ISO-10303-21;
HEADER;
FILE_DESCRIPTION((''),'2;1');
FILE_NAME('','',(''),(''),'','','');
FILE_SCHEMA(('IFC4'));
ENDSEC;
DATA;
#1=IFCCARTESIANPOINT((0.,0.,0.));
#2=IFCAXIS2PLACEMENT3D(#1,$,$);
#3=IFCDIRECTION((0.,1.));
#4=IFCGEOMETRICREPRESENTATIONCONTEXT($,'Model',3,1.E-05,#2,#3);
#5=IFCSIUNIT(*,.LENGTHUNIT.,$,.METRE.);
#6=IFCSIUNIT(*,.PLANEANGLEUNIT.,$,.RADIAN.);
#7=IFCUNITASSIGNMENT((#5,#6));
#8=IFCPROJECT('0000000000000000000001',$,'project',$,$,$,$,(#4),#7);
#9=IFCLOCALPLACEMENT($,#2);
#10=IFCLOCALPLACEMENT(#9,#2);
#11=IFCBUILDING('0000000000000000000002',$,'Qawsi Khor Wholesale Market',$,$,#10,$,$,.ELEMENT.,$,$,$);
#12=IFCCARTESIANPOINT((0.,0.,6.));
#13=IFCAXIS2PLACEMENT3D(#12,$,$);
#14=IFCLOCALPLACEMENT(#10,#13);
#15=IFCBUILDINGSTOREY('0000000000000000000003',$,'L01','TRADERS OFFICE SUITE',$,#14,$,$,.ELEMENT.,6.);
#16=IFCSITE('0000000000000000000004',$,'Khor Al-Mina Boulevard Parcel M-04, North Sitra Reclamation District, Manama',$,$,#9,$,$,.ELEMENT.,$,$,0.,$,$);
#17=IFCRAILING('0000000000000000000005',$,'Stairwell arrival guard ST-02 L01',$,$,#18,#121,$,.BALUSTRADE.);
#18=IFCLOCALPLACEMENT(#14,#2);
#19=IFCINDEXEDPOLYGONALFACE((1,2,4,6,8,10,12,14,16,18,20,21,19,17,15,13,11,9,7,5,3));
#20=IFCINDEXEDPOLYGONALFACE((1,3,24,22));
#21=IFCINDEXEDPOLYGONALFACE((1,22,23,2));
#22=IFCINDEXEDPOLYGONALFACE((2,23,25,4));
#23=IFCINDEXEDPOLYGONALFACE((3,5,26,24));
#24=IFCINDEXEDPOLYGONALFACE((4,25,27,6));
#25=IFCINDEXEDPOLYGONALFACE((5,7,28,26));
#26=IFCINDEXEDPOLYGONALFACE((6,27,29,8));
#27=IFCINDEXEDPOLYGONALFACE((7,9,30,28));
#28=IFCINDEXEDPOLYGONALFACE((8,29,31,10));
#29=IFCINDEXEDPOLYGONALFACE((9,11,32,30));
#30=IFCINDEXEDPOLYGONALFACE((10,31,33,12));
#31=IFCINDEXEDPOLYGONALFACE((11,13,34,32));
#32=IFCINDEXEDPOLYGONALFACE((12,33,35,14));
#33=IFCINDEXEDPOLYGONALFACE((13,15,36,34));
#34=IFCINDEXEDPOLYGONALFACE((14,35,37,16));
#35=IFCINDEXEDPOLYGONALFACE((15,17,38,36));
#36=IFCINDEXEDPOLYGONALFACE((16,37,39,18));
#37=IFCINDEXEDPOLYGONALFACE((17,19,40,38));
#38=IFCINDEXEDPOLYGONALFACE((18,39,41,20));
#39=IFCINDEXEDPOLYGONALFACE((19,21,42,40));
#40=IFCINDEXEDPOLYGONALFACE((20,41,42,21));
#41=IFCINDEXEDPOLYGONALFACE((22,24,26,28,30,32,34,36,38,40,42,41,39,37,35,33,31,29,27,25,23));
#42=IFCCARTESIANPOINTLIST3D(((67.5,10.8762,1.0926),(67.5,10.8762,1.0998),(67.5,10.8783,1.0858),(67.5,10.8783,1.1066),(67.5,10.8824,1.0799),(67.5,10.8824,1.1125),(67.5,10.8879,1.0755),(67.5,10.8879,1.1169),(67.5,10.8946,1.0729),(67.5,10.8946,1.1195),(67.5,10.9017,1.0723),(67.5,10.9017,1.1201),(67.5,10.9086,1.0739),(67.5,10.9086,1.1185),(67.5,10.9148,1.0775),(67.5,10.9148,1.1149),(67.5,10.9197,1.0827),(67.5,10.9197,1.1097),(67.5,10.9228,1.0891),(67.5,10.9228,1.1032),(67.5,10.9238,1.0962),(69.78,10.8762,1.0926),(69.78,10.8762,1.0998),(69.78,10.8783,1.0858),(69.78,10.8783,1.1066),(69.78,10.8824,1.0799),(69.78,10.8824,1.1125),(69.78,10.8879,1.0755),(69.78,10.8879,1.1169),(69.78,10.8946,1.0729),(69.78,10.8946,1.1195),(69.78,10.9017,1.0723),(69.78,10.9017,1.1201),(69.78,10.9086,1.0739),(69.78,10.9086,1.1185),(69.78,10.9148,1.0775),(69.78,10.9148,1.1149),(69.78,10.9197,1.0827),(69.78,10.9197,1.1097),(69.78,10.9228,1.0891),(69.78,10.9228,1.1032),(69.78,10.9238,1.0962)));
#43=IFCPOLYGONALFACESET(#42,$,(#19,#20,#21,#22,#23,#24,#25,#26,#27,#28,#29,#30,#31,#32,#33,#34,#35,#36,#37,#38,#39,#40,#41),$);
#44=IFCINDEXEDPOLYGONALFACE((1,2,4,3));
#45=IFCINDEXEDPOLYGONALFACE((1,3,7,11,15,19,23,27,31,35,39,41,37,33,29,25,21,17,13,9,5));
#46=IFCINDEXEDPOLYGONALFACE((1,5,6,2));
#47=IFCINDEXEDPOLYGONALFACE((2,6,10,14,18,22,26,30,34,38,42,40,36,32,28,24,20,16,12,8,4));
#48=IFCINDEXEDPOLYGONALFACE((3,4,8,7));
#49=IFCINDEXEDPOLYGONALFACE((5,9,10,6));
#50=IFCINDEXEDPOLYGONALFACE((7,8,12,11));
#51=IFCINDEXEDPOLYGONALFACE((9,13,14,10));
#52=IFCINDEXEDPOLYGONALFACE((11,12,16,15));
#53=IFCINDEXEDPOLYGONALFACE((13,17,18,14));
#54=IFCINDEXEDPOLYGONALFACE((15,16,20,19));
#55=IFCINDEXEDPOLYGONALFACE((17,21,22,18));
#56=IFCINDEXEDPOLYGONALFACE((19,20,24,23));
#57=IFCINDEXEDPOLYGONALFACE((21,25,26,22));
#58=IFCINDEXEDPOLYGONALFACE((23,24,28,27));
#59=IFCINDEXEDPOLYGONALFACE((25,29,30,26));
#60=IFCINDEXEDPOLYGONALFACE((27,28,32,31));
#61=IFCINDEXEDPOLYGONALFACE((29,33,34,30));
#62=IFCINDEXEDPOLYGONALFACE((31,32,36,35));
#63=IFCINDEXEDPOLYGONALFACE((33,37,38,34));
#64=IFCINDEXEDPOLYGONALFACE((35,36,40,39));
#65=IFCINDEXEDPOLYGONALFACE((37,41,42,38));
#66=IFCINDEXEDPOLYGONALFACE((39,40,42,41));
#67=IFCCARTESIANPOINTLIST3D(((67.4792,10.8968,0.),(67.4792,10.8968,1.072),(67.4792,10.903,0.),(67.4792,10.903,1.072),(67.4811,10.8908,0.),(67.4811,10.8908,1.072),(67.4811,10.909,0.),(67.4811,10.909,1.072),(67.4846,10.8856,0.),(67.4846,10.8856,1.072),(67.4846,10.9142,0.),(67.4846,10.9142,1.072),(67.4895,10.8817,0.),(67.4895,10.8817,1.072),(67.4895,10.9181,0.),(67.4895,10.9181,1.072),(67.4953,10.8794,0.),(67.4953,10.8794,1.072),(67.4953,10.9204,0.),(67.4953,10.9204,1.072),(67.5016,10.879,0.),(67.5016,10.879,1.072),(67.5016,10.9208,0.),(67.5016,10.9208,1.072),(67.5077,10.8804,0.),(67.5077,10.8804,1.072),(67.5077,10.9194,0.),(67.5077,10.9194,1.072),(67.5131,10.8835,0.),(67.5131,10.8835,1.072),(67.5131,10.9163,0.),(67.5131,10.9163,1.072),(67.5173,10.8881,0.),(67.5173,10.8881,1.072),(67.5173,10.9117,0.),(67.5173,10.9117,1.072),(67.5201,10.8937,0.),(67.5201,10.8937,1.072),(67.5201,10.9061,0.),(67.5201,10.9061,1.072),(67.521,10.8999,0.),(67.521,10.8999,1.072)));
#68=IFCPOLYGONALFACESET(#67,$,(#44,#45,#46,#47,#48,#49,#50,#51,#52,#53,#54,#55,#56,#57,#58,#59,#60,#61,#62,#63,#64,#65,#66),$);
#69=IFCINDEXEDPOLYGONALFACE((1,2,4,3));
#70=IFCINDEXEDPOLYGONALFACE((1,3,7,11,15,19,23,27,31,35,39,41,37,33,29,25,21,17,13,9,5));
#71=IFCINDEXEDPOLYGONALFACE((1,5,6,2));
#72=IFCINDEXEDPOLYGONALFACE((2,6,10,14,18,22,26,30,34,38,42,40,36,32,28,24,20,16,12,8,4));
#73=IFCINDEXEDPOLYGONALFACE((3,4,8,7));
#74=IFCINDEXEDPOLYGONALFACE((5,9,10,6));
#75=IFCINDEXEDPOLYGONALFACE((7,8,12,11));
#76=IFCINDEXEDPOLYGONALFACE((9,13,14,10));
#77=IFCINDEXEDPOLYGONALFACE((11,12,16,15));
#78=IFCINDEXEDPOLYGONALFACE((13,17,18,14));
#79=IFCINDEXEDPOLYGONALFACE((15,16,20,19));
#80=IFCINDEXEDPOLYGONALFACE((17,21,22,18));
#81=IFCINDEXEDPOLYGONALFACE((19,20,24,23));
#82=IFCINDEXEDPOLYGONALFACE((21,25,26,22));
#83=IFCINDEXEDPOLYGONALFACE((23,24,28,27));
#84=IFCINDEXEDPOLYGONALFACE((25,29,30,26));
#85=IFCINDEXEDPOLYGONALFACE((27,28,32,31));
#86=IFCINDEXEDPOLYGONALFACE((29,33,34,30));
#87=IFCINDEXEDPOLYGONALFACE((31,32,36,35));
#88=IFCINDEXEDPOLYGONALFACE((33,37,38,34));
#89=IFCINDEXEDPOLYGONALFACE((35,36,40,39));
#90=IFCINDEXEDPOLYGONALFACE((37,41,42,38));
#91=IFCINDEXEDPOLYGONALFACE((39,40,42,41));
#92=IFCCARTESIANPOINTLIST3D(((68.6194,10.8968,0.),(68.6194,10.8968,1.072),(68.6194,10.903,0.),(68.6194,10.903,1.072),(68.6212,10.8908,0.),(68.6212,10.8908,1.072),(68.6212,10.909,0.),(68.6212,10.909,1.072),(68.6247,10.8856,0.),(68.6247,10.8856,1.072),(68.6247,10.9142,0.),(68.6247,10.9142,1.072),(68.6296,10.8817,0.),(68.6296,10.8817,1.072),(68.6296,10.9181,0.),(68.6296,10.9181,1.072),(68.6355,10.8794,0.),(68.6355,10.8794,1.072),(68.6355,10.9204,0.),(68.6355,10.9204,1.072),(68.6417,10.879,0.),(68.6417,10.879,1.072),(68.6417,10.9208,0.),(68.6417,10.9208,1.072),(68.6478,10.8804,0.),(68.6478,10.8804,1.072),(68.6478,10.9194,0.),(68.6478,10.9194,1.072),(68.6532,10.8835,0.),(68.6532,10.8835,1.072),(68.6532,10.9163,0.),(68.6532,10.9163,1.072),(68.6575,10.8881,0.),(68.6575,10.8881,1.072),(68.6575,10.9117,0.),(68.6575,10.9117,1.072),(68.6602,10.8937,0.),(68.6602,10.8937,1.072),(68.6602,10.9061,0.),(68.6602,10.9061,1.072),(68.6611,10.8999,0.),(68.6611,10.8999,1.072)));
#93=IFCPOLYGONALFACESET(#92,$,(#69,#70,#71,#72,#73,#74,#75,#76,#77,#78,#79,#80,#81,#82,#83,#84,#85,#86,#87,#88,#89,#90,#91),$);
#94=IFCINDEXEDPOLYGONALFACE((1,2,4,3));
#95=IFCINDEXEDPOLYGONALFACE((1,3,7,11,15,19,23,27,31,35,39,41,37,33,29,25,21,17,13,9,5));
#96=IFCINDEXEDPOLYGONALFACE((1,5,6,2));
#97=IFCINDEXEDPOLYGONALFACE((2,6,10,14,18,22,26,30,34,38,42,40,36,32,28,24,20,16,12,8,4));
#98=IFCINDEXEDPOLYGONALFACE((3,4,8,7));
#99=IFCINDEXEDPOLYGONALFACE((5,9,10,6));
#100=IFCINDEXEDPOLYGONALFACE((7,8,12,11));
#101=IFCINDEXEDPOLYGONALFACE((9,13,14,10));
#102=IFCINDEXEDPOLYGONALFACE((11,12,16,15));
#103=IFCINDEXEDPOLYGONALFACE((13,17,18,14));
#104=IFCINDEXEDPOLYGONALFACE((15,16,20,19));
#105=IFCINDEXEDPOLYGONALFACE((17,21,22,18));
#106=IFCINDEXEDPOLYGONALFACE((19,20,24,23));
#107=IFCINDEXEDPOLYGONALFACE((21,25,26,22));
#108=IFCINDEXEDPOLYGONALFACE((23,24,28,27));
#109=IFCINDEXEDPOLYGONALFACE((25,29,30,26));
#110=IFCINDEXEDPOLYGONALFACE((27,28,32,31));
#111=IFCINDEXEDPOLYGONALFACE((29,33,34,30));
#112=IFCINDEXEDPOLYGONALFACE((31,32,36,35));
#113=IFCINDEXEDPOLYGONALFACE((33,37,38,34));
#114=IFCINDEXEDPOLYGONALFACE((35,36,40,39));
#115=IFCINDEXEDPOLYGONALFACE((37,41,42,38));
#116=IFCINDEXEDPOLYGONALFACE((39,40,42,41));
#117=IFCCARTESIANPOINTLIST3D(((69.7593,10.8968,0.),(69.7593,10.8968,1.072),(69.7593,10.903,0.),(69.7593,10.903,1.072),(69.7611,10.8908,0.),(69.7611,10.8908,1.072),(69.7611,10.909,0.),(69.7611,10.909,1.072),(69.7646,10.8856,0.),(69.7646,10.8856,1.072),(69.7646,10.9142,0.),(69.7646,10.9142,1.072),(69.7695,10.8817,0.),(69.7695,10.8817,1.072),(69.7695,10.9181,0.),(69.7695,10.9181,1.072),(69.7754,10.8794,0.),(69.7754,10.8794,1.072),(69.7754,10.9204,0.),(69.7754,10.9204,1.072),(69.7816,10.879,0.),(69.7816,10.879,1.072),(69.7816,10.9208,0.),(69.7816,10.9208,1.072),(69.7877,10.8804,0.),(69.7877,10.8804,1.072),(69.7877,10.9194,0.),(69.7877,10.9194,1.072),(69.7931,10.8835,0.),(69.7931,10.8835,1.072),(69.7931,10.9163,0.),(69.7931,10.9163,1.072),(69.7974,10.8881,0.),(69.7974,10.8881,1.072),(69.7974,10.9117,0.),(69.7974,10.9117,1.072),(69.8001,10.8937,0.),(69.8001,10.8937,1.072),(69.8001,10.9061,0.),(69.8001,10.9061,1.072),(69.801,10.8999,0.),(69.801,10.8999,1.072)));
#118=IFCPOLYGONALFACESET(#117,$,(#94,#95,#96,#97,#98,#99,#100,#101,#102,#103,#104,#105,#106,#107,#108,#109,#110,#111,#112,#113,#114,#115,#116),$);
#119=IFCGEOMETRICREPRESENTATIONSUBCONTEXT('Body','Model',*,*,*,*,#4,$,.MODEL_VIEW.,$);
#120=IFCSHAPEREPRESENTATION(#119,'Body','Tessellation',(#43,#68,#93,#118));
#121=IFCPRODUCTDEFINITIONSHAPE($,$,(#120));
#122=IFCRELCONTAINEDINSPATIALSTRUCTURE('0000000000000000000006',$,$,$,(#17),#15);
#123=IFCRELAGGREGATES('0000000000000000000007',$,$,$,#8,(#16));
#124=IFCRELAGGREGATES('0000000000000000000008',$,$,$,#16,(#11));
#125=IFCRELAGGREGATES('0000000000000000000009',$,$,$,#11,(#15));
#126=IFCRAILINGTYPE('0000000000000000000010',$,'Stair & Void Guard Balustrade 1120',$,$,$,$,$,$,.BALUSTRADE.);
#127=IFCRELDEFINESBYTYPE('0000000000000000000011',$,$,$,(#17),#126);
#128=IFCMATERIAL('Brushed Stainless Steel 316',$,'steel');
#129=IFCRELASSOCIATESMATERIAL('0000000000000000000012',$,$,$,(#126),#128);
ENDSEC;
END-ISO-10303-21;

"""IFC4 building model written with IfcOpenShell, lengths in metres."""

from ifc_helpers import new_model, si_unit, direction, frame, origin, origin_2d, place, context, subcontext, project, spatial, circle, extrude, material, type_object, element, save


model = new_model("IFC4")

# Units and contexts
model_context = context("Model", 3, precision=1e-05, world=origin(), true_north=direction((0.0, 1.0)))
body_context = subcontext(model_context, "Body", "Model", "MODEL_VIEW")
ifc_project = project(units=[si_unit("LENGTHUNIT", "METRE"), si_unit("PLANEANGLEUNIT", "RADIAN")], contexts=[model_context])

# Site, building, storey
site_placement = place(None, origin())
site = spatial("IfcSite", under=ifc_project, at=site_placement, Name="Khor Al-Mina Boulevard Parcel M-04, North Sitra Reclamation District, Manama", CompositionType="ELEMENT", RefElevation=0.0)
building_placement = place(site_placement, origin())
building = spatial("IfcBuilding", under=site, at=building_placement, Name="Qawsi Khor Wholesale Market", CompositionType="ELEMENT")
storey_placement = place(building_placement, frame((0.0, 0.0, 6.0)))
storey = spatial("IfcBuildingStorey", under=building, at=storey_placement, Name="L01", Description="TRADERS OFFICE SUITE", CompositionType="ELEMENT", Elevation=6.0)

# Railing
ifc_material_1 = material(Name="Brushed Stainless Steel 316", Category="steel")
railing_type_1 = type_object("IfcRailingType", Name="Stair & Void Guard Balustrade 1120", PredefinedType="BALUSTRADE", material=ifc_material_1)
railing_1_placement = place(storey_placement, frame((67.5, 10.8999, 0.0)))
element("IfcRailing", 1, at=railing_1_placement, inside=storey, type_object=railing_type_1, Name="Stairwell arrival guard ST-02 L01", PredefinedType="BALUSTRADE", context=body_context, shape_type="SweptSolid", body=[
    extrude(circle(Radius=0.0239, at=origin_2d()), frame((0.0, 0.0, 1.0962), z_axis=(1.0, 0.0, 0.0), x_axis=(0.0, 1.0, 0.0)), (0.0, 0.0, 1.0), 2.28),
    extrude(circle(Radius=0.021, at=origin_2d()), origin(), (0.0, 0.0, 1.0), 1.072),
    extrude(circle(Radius=0.021, at=origin_2d()), frame((1.1401, 0.0, 0.0)), (0.0, 0.0, 1.0), 1.072),
    extrude(circle(Radius=0.021, at=origin_2d()), frame((2.28, 0.0, 0.0)), (0.0, 0.0, 1.0), 1.072),
])

save(model, "model.ifc")
